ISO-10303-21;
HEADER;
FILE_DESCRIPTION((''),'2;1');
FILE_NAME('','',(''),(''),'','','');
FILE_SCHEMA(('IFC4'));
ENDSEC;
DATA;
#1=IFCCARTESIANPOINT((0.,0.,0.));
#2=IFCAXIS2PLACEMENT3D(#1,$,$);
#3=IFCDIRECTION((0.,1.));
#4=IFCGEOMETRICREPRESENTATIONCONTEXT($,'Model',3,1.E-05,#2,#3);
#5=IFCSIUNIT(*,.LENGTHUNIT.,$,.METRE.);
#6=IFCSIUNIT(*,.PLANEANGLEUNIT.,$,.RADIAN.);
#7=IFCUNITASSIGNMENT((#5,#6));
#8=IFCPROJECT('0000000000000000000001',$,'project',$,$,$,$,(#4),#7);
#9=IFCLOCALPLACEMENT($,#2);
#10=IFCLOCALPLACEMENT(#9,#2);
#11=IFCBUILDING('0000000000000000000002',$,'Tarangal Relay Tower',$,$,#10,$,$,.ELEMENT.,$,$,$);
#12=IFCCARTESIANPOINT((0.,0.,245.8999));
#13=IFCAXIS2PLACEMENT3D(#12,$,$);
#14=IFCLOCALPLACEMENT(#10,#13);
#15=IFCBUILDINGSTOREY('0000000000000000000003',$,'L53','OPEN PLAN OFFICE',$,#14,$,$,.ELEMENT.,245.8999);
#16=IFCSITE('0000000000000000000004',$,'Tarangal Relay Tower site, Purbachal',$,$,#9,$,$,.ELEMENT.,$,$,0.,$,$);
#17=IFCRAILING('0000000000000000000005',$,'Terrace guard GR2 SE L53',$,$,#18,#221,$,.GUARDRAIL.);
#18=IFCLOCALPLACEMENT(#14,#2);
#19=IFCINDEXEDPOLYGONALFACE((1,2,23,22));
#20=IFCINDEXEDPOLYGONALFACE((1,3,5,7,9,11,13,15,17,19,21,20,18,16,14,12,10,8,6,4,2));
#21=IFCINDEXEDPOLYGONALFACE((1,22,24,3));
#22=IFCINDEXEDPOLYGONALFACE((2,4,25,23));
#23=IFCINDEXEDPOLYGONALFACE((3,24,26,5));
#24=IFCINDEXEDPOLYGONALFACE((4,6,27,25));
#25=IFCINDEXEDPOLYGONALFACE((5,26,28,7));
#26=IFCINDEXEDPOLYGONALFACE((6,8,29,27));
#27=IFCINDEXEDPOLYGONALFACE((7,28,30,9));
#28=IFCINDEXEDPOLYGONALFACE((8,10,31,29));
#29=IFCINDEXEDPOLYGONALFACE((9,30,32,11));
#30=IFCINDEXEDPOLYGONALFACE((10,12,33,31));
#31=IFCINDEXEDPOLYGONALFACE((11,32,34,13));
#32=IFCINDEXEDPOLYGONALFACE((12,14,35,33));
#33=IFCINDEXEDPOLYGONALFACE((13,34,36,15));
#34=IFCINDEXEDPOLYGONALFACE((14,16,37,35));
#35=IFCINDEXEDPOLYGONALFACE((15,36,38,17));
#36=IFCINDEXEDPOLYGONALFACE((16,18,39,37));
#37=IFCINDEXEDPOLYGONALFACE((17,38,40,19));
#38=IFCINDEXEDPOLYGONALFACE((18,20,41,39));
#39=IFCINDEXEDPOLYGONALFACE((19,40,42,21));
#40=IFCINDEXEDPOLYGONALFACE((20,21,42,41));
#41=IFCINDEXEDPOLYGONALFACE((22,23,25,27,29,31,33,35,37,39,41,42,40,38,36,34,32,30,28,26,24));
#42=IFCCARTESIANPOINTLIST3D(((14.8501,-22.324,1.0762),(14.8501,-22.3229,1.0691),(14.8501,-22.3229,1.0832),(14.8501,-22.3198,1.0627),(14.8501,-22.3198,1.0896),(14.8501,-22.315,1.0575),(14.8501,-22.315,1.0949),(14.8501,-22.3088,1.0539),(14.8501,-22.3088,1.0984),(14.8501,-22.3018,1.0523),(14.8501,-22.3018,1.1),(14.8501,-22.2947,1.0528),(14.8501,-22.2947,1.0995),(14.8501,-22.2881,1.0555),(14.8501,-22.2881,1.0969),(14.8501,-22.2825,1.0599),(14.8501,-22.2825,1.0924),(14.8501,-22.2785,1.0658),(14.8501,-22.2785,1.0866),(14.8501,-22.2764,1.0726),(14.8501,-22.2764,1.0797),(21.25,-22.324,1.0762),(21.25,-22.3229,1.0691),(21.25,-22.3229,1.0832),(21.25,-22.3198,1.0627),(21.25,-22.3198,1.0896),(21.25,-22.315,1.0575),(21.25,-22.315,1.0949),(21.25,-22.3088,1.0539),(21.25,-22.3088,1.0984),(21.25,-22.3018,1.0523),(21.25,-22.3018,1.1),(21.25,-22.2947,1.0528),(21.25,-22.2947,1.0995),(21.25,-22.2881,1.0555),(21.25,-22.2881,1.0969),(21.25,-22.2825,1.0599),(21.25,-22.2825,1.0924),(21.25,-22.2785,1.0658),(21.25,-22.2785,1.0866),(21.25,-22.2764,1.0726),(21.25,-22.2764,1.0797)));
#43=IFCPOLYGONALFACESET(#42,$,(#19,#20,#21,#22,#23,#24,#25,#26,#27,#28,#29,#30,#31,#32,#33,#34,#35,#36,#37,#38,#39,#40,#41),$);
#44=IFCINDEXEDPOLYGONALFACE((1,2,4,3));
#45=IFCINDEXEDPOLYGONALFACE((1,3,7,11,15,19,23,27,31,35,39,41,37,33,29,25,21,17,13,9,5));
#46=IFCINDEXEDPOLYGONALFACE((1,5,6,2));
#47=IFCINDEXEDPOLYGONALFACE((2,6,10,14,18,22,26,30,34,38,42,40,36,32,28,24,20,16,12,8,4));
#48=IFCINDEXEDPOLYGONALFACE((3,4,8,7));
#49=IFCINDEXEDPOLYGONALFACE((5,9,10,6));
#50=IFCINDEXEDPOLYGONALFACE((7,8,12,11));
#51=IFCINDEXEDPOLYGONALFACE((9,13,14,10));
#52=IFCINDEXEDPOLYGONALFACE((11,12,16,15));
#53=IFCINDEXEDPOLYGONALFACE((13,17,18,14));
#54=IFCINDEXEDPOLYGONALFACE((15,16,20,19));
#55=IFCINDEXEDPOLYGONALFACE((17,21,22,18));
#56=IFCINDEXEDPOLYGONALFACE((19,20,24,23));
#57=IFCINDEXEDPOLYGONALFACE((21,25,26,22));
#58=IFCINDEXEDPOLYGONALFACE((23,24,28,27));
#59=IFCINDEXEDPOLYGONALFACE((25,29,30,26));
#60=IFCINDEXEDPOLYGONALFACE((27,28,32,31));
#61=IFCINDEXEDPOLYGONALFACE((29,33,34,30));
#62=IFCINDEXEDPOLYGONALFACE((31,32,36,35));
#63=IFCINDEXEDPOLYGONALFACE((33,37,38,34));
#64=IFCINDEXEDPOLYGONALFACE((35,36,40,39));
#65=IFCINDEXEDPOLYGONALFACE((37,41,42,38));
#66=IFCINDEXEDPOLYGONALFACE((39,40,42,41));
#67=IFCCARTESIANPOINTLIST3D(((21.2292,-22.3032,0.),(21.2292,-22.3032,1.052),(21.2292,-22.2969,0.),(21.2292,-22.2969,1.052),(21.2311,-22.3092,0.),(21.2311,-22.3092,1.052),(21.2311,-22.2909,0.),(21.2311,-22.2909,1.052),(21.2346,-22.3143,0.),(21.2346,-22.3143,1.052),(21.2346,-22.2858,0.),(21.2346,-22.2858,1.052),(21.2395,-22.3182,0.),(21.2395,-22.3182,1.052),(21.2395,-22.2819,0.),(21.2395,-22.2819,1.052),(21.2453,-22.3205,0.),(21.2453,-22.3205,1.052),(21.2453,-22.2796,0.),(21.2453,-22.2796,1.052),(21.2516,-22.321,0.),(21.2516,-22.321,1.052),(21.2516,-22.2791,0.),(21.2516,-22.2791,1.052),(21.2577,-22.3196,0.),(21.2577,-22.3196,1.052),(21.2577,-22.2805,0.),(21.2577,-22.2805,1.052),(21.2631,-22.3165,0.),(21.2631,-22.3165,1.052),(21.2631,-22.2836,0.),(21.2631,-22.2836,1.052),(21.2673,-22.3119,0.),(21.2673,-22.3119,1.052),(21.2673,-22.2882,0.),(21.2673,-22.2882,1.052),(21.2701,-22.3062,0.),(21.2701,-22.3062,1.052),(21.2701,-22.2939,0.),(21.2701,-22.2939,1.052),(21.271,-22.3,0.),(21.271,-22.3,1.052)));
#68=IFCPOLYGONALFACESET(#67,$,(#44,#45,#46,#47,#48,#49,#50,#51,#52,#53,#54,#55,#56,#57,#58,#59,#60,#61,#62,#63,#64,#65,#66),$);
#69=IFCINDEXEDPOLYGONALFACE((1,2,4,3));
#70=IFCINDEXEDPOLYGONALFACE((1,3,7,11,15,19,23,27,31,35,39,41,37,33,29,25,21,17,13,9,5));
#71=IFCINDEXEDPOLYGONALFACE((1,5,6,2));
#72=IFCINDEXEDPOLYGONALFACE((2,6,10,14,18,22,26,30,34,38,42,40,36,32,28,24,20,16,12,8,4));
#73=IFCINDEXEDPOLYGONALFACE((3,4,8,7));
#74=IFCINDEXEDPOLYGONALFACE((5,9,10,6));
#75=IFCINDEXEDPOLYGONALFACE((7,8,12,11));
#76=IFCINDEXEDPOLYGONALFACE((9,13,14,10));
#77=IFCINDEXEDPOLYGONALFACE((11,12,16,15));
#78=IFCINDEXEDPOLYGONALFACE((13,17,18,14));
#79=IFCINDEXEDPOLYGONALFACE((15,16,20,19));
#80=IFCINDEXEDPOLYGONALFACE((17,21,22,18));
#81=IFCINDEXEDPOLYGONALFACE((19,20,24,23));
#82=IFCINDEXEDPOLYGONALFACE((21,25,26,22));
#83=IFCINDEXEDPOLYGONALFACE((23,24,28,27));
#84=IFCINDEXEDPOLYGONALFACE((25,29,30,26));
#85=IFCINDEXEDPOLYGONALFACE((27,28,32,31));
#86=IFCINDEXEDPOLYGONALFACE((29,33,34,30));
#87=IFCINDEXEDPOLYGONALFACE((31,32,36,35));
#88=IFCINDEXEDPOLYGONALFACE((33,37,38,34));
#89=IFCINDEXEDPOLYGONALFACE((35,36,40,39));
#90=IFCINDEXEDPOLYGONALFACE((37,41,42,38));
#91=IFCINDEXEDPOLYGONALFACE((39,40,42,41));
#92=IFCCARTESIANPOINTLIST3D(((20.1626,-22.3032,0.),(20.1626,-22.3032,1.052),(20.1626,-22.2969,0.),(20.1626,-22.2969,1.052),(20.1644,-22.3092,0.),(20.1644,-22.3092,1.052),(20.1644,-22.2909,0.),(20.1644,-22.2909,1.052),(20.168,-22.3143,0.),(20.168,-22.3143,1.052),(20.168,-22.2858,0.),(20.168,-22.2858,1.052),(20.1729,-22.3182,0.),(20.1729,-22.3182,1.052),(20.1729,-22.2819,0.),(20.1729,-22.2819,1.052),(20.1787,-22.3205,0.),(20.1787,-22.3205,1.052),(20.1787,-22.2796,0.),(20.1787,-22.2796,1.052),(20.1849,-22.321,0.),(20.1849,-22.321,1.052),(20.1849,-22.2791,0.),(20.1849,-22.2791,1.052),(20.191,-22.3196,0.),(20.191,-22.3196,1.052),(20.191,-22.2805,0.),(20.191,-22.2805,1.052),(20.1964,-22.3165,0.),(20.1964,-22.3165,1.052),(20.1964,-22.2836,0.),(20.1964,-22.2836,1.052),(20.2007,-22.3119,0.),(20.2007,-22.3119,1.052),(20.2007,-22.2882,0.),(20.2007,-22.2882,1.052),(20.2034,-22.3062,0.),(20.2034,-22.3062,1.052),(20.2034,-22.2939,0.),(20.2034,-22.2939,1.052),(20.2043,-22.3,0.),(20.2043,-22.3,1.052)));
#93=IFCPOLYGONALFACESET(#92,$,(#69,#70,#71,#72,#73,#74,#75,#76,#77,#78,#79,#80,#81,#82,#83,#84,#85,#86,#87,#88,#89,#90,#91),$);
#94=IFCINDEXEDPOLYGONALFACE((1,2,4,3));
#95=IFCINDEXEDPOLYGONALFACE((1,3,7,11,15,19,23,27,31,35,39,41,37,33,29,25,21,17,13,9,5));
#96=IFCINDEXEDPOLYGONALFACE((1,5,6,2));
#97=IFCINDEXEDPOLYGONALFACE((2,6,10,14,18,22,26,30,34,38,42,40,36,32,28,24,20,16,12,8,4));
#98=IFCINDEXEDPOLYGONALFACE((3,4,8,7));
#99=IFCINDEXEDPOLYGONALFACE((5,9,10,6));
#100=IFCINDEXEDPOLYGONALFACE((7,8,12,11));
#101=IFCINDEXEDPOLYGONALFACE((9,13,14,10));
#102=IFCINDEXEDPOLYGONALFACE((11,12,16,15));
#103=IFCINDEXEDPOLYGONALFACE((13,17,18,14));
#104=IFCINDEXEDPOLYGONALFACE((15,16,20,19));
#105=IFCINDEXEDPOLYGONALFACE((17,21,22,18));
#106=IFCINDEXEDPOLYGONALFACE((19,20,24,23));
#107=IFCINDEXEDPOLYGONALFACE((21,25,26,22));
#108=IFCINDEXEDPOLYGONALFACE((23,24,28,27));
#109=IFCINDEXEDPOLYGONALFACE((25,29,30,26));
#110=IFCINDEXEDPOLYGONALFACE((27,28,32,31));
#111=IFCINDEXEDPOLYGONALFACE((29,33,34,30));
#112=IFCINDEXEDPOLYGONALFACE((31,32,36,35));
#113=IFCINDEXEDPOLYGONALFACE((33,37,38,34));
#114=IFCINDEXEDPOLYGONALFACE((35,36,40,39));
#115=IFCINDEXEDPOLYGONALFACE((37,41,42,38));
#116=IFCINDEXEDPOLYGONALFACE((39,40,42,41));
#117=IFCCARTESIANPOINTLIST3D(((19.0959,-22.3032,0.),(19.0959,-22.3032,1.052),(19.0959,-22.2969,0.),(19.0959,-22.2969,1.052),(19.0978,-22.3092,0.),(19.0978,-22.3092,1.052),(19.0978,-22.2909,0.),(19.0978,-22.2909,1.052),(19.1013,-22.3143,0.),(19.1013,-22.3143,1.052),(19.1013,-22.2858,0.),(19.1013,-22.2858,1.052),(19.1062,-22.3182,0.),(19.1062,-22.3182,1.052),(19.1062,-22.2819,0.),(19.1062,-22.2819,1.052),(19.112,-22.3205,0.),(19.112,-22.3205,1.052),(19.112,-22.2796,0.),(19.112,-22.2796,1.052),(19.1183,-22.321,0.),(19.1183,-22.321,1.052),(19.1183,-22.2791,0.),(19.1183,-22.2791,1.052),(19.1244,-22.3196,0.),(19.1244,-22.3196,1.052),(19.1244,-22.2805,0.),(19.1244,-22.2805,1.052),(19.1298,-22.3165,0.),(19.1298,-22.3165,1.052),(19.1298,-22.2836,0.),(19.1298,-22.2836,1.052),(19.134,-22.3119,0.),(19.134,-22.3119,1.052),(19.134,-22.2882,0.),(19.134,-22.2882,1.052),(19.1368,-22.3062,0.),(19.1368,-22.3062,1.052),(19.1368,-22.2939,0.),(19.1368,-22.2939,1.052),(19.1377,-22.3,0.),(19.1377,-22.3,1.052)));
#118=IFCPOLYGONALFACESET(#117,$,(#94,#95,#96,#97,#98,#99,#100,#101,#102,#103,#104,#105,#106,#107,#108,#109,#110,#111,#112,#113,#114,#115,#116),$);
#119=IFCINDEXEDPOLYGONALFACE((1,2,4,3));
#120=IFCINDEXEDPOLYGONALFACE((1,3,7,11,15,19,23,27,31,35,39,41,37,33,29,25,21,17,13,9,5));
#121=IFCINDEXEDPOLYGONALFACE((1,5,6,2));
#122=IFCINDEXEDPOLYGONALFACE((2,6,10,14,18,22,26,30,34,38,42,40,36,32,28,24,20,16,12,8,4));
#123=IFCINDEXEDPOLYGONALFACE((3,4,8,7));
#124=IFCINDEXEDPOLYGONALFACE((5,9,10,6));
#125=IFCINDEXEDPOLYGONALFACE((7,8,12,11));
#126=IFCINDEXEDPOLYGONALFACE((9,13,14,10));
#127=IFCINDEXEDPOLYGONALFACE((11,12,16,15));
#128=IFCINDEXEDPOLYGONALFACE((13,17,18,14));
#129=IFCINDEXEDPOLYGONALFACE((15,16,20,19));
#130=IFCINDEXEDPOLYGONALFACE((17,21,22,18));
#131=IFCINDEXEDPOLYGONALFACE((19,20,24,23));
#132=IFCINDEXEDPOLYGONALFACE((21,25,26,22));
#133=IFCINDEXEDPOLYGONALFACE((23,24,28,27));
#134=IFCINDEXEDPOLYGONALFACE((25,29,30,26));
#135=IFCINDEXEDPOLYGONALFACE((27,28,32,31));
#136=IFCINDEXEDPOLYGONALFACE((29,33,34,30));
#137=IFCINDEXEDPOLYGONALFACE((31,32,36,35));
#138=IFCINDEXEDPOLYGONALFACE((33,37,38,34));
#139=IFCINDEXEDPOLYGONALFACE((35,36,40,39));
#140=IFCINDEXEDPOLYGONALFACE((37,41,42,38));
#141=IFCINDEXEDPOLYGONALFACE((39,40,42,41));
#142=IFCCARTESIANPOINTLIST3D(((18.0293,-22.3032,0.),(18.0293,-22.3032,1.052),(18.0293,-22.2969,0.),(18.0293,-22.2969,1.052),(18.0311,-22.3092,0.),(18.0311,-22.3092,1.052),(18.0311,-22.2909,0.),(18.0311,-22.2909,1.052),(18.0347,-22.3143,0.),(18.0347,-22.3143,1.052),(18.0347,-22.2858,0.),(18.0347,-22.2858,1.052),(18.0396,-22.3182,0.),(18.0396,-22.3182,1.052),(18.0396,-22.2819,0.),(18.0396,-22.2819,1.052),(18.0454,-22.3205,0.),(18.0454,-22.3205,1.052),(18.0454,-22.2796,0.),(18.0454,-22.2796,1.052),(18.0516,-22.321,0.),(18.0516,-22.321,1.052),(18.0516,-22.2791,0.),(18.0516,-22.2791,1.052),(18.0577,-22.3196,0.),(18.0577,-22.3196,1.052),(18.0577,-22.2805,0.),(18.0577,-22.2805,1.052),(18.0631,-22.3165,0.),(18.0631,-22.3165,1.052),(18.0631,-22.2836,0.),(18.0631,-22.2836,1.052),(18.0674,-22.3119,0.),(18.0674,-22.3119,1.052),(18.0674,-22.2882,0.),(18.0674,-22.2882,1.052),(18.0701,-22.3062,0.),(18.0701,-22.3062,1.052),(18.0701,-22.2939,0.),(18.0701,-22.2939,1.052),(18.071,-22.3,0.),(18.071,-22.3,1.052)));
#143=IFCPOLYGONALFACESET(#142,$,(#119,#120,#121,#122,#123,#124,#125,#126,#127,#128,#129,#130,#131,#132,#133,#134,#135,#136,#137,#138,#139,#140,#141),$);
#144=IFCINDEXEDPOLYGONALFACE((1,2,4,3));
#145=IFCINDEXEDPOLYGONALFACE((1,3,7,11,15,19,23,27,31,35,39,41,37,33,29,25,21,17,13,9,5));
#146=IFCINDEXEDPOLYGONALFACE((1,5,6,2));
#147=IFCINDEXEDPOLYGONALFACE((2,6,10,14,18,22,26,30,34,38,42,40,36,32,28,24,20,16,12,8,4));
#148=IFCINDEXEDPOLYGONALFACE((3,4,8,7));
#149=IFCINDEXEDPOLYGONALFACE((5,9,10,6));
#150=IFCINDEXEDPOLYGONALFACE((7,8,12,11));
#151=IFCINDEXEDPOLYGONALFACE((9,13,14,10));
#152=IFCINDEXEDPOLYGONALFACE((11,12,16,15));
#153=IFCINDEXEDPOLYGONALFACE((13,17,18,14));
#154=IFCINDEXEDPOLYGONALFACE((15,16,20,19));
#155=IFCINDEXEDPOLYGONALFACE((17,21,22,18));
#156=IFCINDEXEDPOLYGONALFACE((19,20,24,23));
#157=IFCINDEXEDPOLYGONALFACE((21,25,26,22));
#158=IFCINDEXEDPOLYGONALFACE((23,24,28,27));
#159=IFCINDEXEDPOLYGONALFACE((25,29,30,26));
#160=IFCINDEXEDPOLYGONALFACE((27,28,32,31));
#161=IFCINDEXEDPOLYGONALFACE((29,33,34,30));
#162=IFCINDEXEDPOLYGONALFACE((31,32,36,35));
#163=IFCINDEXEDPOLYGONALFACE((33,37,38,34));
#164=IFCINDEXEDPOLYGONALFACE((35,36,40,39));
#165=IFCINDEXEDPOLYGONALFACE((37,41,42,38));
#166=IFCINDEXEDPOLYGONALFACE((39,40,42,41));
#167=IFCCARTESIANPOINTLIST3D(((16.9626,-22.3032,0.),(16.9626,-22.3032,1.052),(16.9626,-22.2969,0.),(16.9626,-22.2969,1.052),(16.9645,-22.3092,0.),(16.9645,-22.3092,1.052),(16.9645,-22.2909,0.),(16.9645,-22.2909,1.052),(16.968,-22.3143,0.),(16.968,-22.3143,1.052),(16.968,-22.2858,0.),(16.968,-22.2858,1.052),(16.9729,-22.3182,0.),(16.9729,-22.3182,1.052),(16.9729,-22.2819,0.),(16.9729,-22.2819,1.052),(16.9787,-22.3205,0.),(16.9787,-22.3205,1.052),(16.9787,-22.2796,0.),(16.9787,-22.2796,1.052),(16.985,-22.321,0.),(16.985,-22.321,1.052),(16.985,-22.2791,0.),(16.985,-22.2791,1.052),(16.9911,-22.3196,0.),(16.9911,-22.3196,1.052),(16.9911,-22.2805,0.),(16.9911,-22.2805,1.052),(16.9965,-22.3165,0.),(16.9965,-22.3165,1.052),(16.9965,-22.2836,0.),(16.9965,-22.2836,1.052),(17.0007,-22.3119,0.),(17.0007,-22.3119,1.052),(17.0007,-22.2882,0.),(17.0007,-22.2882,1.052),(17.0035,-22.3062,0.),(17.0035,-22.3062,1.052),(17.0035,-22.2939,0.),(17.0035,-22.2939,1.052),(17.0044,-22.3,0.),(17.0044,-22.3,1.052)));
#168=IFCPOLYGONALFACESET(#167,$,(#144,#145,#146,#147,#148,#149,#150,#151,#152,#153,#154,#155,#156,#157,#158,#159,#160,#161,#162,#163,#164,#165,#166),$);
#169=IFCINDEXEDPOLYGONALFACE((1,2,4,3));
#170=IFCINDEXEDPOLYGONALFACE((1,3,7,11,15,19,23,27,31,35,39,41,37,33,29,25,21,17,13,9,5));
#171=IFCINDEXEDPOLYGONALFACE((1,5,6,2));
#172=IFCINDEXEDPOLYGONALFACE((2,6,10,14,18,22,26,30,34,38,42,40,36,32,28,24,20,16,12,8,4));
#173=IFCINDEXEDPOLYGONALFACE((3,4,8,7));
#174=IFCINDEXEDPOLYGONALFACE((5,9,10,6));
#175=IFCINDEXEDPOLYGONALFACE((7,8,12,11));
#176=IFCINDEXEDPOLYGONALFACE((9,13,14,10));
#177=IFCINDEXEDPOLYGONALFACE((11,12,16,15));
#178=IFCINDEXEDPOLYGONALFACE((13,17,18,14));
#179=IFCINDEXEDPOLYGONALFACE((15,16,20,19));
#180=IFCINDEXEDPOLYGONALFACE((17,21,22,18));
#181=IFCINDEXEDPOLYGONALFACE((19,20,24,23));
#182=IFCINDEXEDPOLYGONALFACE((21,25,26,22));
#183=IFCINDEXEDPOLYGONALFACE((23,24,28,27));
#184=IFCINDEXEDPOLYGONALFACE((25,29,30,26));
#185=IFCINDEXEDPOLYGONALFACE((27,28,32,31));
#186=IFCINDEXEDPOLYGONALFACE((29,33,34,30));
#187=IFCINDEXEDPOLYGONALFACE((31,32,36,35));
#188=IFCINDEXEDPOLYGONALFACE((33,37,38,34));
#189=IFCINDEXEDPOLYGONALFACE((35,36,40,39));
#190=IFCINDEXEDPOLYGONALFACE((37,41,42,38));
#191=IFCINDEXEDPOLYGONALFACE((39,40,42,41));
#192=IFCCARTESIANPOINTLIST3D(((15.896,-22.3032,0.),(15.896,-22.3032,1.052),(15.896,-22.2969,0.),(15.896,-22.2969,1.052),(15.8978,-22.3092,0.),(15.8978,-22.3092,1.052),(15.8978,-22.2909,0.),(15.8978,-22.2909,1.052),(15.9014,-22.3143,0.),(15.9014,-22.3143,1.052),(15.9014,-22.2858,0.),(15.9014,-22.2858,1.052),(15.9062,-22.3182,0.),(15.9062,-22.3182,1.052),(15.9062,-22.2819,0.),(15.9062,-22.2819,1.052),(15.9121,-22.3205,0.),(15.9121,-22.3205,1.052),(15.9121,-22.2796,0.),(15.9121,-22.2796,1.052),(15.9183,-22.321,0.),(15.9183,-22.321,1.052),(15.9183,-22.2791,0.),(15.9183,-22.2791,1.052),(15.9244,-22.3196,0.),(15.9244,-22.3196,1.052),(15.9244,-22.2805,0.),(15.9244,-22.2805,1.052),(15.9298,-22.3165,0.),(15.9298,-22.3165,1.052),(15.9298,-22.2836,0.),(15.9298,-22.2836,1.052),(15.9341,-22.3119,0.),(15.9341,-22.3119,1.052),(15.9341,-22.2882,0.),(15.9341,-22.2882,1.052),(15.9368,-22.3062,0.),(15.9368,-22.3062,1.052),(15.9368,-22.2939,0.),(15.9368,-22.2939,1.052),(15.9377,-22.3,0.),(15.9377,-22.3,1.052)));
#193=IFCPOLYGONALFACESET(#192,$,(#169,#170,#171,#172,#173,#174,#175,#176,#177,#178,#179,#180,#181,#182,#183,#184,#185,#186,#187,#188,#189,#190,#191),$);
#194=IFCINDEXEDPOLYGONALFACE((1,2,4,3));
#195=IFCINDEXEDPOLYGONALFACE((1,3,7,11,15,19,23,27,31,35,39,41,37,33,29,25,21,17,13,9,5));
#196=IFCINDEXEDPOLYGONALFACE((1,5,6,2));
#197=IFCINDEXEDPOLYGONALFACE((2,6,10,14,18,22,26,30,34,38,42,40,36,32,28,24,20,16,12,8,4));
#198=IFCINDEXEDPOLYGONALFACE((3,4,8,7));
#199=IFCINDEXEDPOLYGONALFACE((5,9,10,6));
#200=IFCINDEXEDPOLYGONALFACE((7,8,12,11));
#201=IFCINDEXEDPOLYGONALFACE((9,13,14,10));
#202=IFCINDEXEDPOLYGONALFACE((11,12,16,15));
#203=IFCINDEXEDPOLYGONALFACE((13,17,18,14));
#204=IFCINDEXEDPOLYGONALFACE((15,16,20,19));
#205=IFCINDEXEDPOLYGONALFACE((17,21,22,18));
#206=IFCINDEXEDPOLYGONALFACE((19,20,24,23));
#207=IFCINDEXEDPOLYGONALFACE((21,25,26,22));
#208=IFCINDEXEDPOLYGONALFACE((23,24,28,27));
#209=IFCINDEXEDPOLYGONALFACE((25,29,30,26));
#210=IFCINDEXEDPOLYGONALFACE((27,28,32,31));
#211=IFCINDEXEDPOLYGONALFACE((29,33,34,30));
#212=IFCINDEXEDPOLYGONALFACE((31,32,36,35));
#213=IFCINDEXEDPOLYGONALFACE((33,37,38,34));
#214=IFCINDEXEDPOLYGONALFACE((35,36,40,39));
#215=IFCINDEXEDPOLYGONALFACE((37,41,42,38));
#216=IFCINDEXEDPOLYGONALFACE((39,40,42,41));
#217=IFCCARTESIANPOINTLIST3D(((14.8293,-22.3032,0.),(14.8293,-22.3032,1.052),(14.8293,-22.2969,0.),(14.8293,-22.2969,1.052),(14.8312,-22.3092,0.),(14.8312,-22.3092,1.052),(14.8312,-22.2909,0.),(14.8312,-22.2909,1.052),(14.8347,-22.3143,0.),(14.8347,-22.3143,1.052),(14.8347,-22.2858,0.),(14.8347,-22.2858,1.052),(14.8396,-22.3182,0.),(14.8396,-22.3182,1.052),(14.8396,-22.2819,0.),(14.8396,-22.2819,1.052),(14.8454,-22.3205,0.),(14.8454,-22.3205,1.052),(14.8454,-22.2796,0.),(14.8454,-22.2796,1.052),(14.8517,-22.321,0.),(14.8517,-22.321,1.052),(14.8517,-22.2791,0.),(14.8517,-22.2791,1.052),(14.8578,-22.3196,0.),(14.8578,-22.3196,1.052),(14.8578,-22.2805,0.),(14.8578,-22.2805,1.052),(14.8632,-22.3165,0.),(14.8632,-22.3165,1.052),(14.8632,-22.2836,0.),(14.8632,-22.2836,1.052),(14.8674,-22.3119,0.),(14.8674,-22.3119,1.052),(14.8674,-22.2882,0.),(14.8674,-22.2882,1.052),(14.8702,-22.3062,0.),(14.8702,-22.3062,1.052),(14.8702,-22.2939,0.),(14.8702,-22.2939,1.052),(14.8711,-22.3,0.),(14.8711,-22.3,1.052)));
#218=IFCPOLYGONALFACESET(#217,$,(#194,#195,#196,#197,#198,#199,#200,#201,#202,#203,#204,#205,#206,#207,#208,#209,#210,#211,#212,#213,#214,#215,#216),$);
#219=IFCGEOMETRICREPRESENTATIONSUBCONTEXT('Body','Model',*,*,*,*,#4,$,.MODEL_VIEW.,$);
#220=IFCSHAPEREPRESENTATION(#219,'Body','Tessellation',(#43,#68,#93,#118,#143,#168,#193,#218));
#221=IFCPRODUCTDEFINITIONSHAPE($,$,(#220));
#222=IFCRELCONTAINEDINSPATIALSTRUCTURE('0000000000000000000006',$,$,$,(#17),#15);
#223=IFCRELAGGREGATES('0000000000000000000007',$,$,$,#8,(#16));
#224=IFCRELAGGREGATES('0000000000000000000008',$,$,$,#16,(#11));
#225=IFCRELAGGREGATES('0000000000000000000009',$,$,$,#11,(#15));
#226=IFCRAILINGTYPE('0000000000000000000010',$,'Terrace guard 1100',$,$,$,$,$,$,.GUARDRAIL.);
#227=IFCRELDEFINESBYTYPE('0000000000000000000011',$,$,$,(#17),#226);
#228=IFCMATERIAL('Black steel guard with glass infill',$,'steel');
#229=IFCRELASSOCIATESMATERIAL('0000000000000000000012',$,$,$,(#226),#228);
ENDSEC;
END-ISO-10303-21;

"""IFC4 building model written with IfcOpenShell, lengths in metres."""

from ifc_helpers import new_model, si_unit, direction, frame, origin, origin_2d, place, context, subcontext, project, spatial, circle, extrude, material, type_object, element, save


model = new_model("IFC4")

# Units and contexts
model_context = context("Model", 3, precision=1e-05, world=origin(), true_north=direction((0.0, 1.0)))
body_context = subcontext(model_context, "Body", "Model", "MODEL_VIEW")
ifc_project = project(units=[si_unit("LENGTHUNIT", "METRE"), si_unit("PLANEANGLEUNIT", "RADIAN")], contexts=[model_context])

# Site, building, storey
site_placement = place(None, origin())
site = spatial("IfcSite", under=ifc_project, at=site_placement, Name="Tarangal Relay Tower site, Purbachal", CompositionType="ELEMENT", RefElevation=0.0)
building_placement = place(site_placement, origin())
building = spatial("IfcBuilding", under=site, at=building_placement, Name="Tarangal Relay Tower", CompositionType="ELEMENT")
storey_placement = place(building_placement, frame((0.0, 0.0, 245.8999)))
storey = spatial("IfcBuildingStorey", under=building, at=storey_placement, Name="L53", Description="OPEN PLAN OFFICE", CompositionType="ELEMENT", Elevation=245.8999)

# Railing
ifc_material_1 = material(Name="Black steel guard with glass infill", Category="steel")
railing_type = type_object("IfcRailingType", Name="Terrace guard 1100", PredefinedType="GUARDRAIL", material=ifc_material_1)
railing_1_placement = place(storey_placement, frame((21.25, -22.3, 0.0)))
element("IfcRailing", 1, at=railing_1_placement, inside=storey, type_object=railing_type, Name="Terrace guard GR2 SE L53", PredefinedType="GUARDRAIL", context=body_context, shape_type="SweptSolid", body=[
    extrude(circle(Radius=0.0239, at=origin_2d()), frame((0.0, 0.0, 1.0762), z_axis=(-1.0, 0.0, 0.0), x_axis=(0.0, -1.0, 0.0)), (0.0, 0.0, 1.0), 6.3999),
    extrude(circle(Radius=0.021, at=origin_2d()), origin(), (0.0, 0.0, 1.0), 1.052),
    extrude(circle(Radius=0.021, at=origin_2d()), frame((-1.0667, 0.0, 0.0)), (0.0, 0.0, 1.0), 1.052),
    extrude(circle(Radius=0.021, at=origin_2d()), frame((-2.1333, 0.0, 0.0)), (0.0, 0.0, 1.0), 1.052),
    extrude(circle(Radius=0.021, at=origin_2d()), frame((-3.2, 0.0, 0.0)), (0.0, 0.0, 1.0), 1.052),
    extrude(circle(Radius=0.021, at=origin_2d()), frame((-4.2666, 0.0, 0.0)), (0.0, 0.0, 1.0), 1.052),
    extrude(circle(Radius=0.021, at=origin_2d()), frame((-5.3333, 0.0, 0.0)), (0.0, 0.0, 1.0), 1.052),
    extrude(circle(Radius=0.021, at=origin_2d()), frame((-6.3999, 0.0, 0.0)), (0.0, 0.0, 1.0), 1.052),
])

save(model, "model.ifc")
